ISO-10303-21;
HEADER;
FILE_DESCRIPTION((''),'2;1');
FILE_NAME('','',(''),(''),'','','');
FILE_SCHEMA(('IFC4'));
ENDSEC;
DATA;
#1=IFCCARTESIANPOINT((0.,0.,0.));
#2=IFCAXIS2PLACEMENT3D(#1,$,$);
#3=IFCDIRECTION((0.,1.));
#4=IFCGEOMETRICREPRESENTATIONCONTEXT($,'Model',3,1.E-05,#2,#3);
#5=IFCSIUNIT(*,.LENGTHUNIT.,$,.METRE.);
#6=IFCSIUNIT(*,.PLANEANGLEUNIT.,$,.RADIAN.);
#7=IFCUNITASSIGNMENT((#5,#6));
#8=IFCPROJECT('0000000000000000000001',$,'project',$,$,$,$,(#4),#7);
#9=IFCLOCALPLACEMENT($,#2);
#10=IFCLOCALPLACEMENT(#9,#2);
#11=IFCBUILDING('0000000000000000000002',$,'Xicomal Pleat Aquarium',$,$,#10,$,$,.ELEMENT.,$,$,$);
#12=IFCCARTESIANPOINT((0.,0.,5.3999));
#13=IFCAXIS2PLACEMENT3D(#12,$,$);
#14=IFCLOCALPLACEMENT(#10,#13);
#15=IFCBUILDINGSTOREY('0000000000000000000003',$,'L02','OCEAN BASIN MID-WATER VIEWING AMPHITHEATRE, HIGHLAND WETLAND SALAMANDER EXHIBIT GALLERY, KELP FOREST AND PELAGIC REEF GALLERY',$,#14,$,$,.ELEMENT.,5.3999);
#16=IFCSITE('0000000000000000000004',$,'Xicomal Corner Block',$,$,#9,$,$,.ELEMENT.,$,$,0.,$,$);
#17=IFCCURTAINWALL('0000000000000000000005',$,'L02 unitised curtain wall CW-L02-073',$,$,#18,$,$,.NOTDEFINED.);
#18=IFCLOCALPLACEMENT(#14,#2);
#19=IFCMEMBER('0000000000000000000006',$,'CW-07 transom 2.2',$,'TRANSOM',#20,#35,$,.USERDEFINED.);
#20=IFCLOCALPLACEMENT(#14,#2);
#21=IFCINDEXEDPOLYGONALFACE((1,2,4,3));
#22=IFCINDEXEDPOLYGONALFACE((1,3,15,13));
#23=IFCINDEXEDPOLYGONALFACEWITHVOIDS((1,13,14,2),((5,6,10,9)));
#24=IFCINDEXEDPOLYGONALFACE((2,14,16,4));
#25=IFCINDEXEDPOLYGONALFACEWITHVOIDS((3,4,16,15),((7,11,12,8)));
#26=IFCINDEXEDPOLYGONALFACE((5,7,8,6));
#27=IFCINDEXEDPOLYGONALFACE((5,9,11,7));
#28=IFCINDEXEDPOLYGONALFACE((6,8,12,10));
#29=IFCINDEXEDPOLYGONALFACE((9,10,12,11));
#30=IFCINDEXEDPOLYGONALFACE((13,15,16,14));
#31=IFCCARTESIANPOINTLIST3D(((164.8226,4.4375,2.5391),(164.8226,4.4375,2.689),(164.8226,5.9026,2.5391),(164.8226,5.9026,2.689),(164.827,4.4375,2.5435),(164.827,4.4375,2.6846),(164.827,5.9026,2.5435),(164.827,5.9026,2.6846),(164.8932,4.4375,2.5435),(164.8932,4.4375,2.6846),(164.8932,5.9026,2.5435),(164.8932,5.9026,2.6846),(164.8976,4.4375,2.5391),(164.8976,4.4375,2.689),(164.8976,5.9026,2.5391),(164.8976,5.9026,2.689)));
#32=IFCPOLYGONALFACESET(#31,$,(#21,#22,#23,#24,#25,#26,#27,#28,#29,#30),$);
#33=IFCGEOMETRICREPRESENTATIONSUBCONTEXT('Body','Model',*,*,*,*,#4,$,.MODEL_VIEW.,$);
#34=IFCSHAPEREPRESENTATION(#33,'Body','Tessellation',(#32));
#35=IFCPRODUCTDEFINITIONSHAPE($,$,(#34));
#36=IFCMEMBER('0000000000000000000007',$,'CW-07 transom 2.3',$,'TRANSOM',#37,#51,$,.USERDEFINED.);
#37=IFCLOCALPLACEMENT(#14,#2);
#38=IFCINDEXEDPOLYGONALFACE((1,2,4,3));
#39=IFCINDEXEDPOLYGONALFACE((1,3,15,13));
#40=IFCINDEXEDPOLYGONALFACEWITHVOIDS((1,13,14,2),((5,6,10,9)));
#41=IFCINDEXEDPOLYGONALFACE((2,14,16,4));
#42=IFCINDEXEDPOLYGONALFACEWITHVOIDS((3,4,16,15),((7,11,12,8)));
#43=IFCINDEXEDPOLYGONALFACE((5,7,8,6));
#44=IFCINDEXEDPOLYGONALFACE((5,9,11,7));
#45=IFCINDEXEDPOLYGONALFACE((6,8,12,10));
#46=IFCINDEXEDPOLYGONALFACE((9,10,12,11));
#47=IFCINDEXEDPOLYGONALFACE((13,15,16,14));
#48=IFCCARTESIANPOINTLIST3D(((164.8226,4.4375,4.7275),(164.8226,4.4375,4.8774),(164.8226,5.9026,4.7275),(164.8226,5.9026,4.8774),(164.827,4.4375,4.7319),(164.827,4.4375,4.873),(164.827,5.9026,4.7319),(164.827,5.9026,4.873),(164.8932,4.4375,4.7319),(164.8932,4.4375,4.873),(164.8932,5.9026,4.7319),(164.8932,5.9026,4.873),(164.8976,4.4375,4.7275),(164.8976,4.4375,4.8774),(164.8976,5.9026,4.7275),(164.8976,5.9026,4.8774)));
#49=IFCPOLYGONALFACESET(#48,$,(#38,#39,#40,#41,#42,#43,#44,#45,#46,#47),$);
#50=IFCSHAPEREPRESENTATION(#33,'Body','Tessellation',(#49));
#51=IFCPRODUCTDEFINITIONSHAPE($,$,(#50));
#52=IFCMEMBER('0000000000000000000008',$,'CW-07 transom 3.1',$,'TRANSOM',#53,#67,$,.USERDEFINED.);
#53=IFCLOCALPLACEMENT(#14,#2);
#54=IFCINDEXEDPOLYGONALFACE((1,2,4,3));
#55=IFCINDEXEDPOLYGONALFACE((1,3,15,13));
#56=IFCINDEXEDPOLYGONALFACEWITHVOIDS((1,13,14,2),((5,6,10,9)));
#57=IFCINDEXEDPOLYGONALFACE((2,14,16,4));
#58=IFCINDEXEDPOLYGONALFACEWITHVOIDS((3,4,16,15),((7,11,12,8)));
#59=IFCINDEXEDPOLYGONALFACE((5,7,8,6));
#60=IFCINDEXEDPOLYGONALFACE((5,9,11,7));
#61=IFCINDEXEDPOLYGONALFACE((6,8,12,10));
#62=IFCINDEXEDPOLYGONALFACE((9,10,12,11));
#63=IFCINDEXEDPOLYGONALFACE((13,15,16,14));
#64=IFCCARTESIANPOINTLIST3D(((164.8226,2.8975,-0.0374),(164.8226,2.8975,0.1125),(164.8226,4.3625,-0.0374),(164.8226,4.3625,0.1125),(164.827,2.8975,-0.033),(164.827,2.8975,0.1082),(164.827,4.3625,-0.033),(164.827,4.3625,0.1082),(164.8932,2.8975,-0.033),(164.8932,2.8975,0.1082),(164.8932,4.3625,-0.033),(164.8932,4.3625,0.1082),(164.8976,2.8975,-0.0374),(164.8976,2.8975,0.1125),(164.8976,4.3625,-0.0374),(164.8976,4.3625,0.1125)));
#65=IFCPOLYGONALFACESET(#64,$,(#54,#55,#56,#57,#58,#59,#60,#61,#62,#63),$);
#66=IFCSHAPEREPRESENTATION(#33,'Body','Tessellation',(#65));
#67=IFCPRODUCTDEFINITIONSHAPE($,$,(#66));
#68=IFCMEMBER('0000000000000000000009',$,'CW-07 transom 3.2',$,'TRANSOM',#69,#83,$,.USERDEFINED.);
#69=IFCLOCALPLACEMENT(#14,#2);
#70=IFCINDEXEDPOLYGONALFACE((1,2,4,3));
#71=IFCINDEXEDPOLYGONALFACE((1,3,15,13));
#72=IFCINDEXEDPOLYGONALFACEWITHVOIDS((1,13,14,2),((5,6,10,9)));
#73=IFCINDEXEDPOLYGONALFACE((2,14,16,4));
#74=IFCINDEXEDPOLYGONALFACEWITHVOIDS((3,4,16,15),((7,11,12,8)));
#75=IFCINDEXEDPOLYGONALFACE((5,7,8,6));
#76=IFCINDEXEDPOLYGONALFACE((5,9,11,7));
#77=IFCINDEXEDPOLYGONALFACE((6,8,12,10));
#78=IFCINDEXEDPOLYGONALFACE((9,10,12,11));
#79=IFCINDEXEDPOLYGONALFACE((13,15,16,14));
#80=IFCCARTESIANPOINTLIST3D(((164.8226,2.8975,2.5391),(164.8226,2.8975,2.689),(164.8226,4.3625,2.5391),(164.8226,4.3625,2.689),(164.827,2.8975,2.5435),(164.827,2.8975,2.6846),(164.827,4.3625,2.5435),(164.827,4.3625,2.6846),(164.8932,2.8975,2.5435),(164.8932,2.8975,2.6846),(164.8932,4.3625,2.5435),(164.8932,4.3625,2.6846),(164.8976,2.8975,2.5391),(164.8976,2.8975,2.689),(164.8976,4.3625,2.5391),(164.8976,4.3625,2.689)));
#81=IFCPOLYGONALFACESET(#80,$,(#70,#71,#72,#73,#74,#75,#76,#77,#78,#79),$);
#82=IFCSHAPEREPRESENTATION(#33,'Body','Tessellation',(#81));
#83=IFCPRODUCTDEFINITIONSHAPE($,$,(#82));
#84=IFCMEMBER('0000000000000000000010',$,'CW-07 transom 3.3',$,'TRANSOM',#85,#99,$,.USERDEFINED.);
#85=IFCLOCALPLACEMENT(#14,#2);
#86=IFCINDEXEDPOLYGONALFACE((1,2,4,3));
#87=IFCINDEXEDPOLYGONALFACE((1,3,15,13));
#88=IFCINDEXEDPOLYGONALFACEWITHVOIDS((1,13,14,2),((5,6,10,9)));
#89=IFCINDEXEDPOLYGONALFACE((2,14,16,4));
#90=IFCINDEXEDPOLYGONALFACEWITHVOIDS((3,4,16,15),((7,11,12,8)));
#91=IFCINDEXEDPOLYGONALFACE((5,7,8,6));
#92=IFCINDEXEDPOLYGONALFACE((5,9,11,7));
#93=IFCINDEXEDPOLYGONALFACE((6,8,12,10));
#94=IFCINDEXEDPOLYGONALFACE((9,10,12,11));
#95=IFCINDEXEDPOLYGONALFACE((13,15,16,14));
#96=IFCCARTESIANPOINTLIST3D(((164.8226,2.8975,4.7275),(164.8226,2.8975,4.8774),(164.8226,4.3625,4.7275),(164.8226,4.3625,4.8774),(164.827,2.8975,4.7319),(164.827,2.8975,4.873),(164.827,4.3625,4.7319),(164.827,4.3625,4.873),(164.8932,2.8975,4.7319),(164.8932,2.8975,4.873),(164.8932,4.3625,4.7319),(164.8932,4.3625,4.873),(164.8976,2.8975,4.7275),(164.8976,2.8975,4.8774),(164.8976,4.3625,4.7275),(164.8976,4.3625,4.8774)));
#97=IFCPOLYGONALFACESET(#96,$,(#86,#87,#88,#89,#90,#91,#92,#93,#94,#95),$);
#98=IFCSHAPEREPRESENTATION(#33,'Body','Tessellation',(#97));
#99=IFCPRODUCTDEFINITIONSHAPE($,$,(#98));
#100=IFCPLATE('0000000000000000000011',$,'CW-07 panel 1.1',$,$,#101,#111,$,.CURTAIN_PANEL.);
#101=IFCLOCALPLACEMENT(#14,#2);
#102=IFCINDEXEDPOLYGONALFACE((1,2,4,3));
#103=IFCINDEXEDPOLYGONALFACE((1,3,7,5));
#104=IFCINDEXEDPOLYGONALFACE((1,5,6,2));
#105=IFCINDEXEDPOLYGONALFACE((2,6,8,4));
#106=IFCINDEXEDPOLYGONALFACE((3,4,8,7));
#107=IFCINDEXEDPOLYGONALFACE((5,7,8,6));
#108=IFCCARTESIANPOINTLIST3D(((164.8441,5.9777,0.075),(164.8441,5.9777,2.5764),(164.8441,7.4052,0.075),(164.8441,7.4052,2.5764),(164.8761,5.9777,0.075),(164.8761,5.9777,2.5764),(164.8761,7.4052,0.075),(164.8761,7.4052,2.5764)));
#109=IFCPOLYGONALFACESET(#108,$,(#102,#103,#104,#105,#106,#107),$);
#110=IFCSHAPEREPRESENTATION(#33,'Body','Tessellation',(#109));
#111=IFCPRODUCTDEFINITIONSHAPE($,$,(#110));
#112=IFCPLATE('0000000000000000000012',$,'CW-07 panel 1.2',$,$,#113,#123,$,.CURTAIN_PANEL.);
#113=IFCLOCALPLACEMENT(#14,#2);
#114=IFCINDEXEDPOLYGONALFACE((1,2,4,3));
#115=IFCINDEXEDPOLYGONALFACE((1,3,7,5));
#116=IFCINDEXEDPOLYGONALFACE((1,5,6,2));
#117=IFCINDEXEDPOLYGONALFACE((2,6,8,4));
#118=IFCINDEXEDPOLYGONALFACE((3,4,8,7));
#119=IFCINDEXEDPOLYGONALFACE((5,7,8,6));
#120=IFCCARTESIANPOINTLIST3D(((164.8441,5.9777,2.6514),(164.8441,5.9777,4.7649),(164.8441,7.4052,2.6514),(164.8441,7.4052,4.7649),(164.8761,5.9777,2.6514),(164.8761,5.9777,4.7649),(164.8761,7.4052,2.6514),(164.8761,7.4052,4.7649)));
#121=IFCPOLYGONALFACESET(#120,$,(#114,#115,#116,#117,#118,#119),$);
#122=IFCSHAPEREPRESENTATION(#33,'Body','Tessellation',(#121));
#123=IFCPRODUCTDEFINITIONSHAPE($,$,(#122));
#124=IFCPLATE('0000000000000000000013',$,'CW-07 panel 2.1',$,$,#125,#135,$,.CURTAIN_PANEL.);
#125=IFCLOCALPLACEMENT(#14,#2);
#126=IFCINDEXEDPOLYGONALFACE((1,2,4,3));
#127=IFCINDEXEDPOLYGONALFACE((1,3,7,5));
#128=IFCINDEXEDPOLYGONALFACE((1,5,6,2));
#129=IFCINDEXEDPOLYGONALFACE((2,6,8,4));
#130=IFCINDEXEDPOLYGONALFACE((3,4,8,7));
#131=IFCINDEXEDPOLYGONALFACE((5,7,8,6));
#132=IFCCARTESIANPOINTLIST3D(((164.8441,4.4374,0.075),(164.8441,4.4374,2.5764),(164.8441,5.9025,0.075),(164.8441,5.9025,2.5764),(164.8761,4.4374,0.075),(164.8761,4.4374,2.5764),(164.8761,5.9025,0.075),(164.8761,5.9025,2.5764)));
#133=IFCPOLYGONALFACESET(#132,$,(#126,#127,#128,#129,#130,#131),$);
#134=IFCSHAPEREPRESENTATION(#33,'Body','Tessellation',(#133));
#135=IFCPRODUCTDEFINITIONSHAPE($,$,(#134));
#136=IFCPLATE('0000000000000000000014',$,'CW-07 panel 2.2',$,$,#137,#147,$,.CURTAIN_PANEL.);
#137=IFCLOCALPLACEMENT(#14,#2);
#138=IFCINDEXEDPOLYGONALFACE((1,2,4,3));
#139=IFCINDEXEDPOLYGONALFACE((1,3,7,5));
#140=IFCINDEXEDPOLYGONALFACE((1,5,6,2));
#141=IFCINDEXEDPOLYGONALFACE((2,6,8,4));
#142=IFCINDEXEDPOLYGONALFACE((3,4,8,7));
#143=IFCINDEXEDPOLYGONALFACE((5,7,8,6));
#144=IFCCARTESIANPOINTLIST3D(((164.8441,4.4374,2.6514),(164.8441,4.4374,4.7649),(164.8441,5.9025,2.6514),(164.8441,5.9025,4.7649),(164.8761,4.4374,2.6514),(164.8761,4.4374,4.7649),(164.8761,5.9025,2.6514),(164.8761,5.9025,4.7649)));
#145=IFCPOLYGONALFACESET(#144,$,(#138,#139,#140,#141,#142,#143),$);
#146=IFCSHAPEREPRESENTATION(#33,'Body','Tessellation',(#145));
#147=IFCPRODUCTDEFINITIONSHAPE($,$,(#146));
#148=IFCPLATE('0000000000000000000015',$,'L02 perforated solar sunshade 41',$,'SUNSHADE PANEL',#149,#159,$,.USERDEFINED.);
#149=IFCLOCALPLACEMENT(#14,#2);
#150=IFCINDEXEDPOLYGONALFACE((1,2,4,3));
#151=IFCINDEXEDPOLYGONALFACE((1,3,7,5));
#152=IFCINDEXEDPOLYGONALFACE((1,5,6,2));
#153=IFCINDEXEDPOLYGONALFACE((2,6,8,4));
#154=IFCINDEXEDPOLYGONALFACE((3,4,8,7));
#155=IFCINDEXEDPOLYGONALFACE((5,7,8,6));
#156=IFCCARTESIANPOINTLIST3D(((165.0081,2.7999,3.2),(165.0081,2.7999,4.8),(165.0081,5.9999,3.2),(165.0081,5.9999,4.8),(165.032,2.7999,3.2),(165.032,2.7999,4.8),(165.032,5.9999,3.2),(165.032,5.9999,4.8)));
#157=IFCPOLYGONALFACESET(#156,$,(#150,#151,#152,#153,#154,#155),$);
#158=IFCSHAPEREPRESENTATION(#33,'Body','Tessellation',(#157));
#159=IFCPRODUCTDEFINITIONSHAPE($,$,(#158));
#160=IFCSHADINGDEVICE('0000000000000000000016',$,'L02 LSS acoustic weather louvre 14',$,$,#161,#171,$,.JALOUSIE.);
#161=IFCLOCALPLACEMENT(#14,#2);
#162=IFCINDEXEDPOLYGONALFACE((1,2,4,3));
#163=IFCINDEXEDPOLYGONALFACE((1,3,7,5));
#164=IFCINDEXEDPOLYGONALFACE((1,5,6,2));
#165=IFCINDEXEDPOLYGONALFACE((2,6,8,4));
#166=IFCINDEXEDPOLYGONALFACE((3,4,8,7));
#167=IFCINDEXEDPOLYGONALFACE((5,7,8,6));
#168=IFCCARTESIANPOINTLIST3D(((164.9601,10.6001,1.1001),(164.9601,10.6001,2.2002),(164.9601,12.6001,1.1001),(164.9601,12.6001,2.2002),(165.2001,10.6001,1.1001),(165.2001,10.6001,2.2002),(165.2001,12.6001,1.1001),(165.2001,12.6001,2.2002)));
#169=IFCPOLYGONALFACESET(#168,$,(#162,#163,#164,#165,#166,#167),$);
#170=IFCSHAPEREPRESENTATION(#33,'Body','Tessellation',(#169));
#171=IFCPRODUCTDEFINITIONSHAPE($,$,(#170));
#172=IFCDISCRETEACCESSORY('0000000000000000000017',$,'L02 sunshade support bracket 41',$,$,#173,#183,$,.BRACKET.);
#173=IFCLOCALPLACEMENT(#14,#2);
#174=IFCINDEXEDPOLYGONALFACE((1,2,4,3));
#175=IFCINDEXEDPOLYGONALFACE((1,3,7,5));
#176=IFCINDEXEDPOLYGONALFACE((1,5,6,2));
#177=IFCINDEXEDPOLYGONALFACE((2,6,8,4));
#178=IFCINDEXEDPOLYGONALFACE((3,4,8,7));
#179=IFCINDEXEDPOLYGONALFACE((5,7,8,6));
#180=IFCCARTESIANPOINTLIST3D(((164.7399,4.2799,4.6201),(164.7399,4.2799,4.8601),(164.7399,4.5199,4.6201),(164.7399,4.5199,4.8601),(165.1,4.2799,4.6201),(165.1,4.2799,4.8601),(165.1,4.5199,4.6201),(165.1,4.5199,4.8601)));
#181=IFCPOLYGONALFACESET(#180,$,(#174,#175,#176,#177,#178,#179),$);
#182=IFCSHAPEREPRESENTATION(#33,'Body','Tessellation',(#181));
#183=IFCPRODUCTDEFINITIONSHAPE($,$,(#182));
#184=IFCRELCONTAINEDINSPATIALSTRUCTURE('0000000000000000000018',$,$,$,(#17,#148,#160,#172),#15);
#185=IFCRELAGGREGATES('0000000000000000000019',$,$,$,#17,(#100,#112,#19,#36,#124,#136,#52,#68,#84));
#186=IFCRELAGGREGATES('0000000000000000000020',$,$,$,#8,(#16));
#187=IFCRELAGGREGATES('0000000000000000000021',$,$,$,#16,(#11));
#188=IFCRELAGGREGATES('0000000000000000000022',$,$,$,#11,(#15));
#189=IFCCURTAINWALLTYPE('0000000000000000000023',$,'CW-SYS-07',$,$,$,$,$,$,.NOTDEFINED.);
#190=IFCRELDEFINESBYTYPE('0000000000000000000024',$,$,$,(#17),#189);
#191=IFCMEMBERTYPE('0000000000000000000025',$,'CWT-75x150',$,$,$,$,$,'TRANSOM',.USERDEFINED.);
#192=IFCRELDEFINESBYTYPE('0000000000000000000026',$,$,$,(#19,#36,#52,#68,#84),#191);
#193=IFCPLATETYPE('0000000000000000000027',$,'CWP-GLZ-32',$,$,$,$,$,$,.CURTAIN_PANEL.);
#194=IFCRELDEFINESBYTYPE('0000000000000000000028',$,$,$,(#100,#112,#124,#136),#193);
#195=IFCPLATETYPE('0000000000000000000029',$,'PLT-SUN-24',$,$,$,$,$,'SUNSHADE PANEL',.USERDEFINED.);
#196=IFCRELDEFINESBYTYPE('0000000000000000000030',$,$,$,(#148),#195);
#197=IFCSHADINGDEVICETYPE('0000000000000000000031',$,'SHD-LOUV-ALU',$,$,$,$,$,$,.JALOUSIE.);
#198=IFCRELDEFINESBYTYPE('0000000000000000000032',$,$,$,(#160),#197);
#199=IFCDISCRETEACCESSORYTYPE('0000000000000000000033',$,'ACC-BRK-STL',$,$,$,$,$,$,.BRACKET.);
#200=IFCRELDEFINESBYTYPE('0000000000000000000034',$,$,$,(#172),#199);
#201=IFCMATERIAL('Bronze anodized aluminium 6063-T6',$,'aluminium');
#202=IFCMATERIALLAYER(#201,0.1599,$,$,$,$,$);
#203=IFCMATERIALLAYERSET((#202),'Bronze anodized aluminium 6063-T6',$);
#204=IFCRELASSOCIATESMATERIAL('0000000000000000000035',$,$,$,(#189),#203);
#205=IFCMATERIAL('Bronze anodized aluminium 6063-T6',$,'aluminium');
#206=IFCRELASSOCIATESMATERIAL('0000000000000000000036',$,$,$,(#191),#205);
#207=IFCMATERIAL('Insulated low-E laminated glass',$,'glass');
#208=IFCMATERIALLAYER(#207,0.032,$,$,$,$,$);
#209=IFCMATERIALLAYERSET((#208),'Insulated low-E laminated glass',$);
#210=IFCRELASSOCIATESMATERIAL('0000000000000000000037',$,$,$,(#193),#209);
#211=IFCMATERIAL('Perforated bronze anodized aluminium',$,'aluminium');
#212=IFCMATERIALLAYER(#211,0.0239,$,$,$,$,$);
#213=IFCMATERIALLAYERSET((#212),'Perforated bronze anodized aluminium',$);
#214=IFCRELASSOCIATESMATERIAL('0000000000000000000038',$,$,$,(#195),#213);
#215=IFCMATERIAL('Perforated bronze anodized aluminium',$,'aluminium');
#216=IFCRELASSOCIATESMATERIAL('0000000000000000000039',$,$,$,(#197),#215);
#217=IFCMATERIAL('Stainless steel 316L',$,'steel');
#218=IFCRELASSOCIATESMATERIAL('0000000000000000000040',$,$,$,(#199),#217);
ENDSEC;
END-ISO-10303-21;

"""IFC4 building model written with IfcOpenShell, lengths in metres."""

from ifc_helpers import new_model, si_unit, direction, frame, origin, origin_2d, place, context, subcontext, project, spatial, rectangle, hollow_rectangle, extrude, material, layer, layer_set, material_profile, profile_set, type_object, element, aggregate, save


model = new_model("IFC4")

# Units and contexts
model_context = context("Model", 3, precision=1e-05, world=origin(), true_north=direction((0.0, 1.0)))
body_context = subcontext(model_context, "Body", "Model", "MODEL_VIEW")
ifc_project = project(units=[si_unit("LENGTHUNIT", "METRE"), si_unit("PLANEANGLEUNIT", "RADIAN")], contexts=[model_context])

# Site, building, storey
site_placement = place(None, origin())
site = spatial("IfcSite", under=ifc_project, at=site_placement, Name="Xicomal Corner Block", CompositionType="ELEMENT", RefElevation=0.0)
building_placement = place(site_placement, origin())
building = spatial("IfcBuilding", under=site, at=building_placement, Name="Xicomal Pleat Aquarium", CompositionType="ELEMENT")
storey_placement = place(building_placement, frame((0.0, 0.0, 5.3999)))
storey = spatial("IfcBuildingStorey", under=building, at=storey_placement, Name="L02", Description="OCEAN BASIN MID-WATER VIEWING AMPHITHEATRE, HIGHLAND WETLAND SALAMANDER EXHIBIT GALLERY, KELP FOREST AND PELAGIC REEF GALLERY", CompositionType="ELEMENT", Elevation=5.3999)

# Curtain wall, members, plates
ifc_material_1 = material(Name="Bronze anodized aluminium 6063-T6", Category="aluminium")
ifc_layer_1 = layer(ifc_material_1, 0.1599)
ifc_layer_set_1 = layer_set([ifc_layer_1], Name="Bronze anodized aluminium 6063-T6")
curtain_wall_type = type_object("IfcCurtainWallType", Name="CW-SYS-07", PredefinedType="NOTDEFINED", material=ifc_layer_set_1)
curtain_wall_placement = place(storey_placement, origin())
curtain_wall = element("IfcCurtainWall", 1, at=curtain_wall_placement, inside=storey, type_object=curtain_wall_type, Name="L02 unitised curtain wall CW-L02-073", PredefinedType="NOTDEFINED")
ifc_material_2 = material(Name="Bronze anodized aluminium 6063-T6", Category="aluminium")
ifc_material_profile_1 = material_profile(ifc_material_2, hollow_rectangle(XDim=0.075, YDim=0.1499, WallThickness=0.0044, at=origin_2d()), Name="ALU TRAN 75x150")
ifc_profile_set_1 = profile_set([ifc_material_profile_1], Name="Bronze anodized aluminium 6063-T6")
member_type_1 = type_object("IfcMemberType", Name="CWT-75x150", ElementType="TRANSOM", PredefinedType="USERDEFINED", material=ifc_profile_set_1)
member_1_placement = place(storey_placement, frame((164.8601, 5.9026, 2.614), z_axis=(0.0, -1.0, 0.0), x_axis=(1.0, 0.0, 0.0)))
member_1 = element("IfcMember", 2, at=member_1_placement, type_object=member_type_1, Name="CW-07 transom 2.2", ObjectType="TRANSOM", PredefinedType="USERDEFINED", context=body_context, shape_type="SweptSolid", body=[
    extrude(hollow_rectangle(XDim=0.075, YDim=0.1499, WallThickness=0.0044, at=origin_2d()), origin(), (0.0, 0.0, 1.0), 1.4651),
])
member_2_placement = place(storey_placement, frame((164.8601, 5.9026, 4.8025), z_axis=(0.0, -1.0, 0.0), x_axis=(1.0, 0.0, 0.0)))
member_2 = element("IfcMember", 3, at=member_2_placement, type_object=member_type_1, Name="CW-07 transom 2.3", ObjectType="TRANSOM", PredefinedType="USERDEFINED", context=body_context, shape_type="SweptSolid", body=[
    extrude(hollow_rectangle(XDim=0.075, YDim=0.1499, WallThickness=0.0044, at=origin_2d()), origin(), (0.0, 0.0, 1.0), 1.4651),
])
member_3_placement = place(storey_placement, frame((164.8601, 4.3625, 0.0376), z_axis=(0.0, -1.0, 0.0), x_axis=(1.0, 0.0, 0.0)))
member_3 = element("IfcMember", 4, at=member_3_placement, type_object=member_type_1, Name="CW-07 transom 3.1", ObjectType="TRANSOM", PredefinedType="USERDEFINED", context=body_context, shape_type="SweptSolid", body=[
    extrude(hollow_rectangle(XDim=0.075, YDim=0.1499, WallThickness=0.0044, at=origin_2d()), origin(), (0.0, 0.0, 1.0), 1.4651),
])
member_4_placement = place(storey_placement, frame((164.8601, 4.3625, 2.614), z_axis=(0.0, -1.0, 0.0), x_axis=(1.0, 0.0, 0.0)))
member_4 = element("IfcMember", 5, at=member_4_placement, type_object=member_type_1, Name="CW-07 transom 3.2", ObjectType="TRANSOM", PredefinedType="USERDEFINED", context=body_context, shape_type="SweptSolid", body=[
    extrude(hollow_rectangle(XDim=0.075, YDim=0.1499, WallThickness=0.0044, at=origin_2d()), origin(), (0.0, 0.0, 1.0), 1.4651),
])
member_5_placement = place(storey_placement, frame((164.8601, 4.3625, 4.8025), z_axis=(0.0, -1.0, 0.0), x_axis=(1.0, 0.0, 0.0)))
member_5 = element("IfcMember", 6, at=member_5_placement, type_object=member_type_1, Name="CW-07 transom 3.3", ObjectType="TRANSOM", PredefinedType="USERDEFINED", context=body_context, shape_type="SweptSolid", body=[
    extrude(hollow_rectangle(XDim=0.075, YDim=0.1499, WallThickness=0.0044, at=origin_2d()), origin(), (0.0, 0.0, 1.0), 1.4651),
])
ifc_material_3 = material(Name="Insulated low-E laminated glass", Category="glass")
ifc_layer_2 = layer(ifc_material_3, 0.032)
ifc_layer_set_2 = layer_set([ifc_layer_2], Name="Insulated low-E laminated glass")
plate_type_1 = type_object("IfcPlateType", Name="CWP-GLZ-32", PredefinedType="CURTAIN_PANEL", material=ifc_layer_set_2)
plate_1_placement = place(storey_placement, frame((164.8601, 6.6914, 0.075), z_axis=(0.0, 0.0, 1.0), x_axis=(0.0, -1.0, 0.0)))
plate_1 = element("IfcPlate", 7, at=plate_1_placement, type_object=plate_type_1, Name="CW-07 panel 1.1", PredefinedType="CURTAIN_PANEL", context=body_context, shape_type="SweptSolid", body=[
    extrude(rectangle(XDim=1.4275, YDim=0.032, at=origin_2d()), origin(), (0.0, 0.0, 1.0), 2.5015),
])
plate_2_placement = place(storey_placement, frame((164.8601, 6.6914, 2.6514), z_axis=(0.0, 0.0, 1.0), x_axis=(0.0, -1.0, 0.0)))
plate_2 = element("IfcPlate", 8, at=plate_2_placement, type_object=plate_type_1, Name="CW-07 panel 1.2", PredefinedType="CURTAIN_PANEL", context=body_context, shape_type="SweptSolid", body=[
    extrude(rectangle(XDim=1.4275, YDim=0.032, at=origin_2d()), origin(), (0.0, 0.0, 1.0), 2.1135),
])
plate_3_placement = place(storey_placement, frame((164.8601, 5.1699, 0.075), z_axis=(0.0, 0.0, 1.0), x_axis=(0.0, -1.0, 0.0)))
plate_3 = element("IfcPlate", 9, at=plate_3_placement, type_object=plate_type_1, Name="CW-07 panel 2.1", PredefinedType="CURTAIN_PANEL", context=body_context, shape_type="SweptSolid", body=[
    extrude(rectangle(XDim=1.4651, YDim=0.032, at=origin_2d()), origin(), (0.0, 0.0, 1.0), 2.5015),
])
plate_4_placement = place(storey_placement, frame((164.8601, 5.1699, 2.6514), z_axis=(0.0, 0.0, 1.0), x_axis=(0.0, -1.0, 0.0)))
plate_4 = element("IfcPlate", 10, at=plate_4_placement, type_object=plate_type_1, Name="CW-07 panel 2.2", PredefinedType="CURTAIN_PANEL", context=body_context, shape_type="SweptSolid", body=[
    extrude(rectangle(XDim=1.4651, YDim=0.032, at=origin_2d()), origin(), (0.0, 0.0, 1.0), 2.1135),
])
aggregate(curtain_wall, [plate_1, plate_2, member_1, member_2, plate_3, plate_4, member_3, member_4, member_5])

# Plate
ifc_material_4 = material(Name="Perforated bronze anodized aluminium", Category="aluminium")
ifc_layer_3 = layer(ifc_material_4, 0.0239)
ifc_layer_set_3 = layer_set([ifc_layer_3], Name="Perforated bronze anodized aluminium")
plate_type_2 = type_object("IfcPlateType", Name="PLT-SUN-24", ElementType="SUNSHADE PANEL", PredefinedType="USERDEFINED", material=ifc_layer_set_3)
plate_5_placement = place(storey_placement, frame((165.02, 4.3999, 3.2), z_axis=(0.0, 0.0, 1.0), x_axis=(0.0, -1.0, 0.0)))
element("IfcPlate", 11, at=plate_5_placement, inside=storey, type_object=plate_type_2, Name="L02 perforated solar sunshade 41", ObjectType="SUNSHADE PANEL", PredefinedType="USERDEFINED", context=body_context, shape_type="SweptSolid", body=[
    extrude(rectangle(XDim=3.2, YDim=0.0239, at=origin_2d()), origin(), (0.0, 0.0, 1.0), 1.6001),
])

# Shading device
ifc_material_5 = material(Name="Perforated bronze anodized aluminium", Category="aluminium")
shading_device_type = type_object("IfcShadingDeviceType", Name="SHD-LOUV-ALU", PredefinedType="JALOUSIE", material=ifc_material_5)
shading_device_placement = place(storey_placement, frame((165.0801, 11.6001, 1.1001), z_axis=(0.0, 0.0, 1.0), x_axis=(0.0, -1.0, 0.0)))
element("IfcShadingDevice", 12, at=shading_device_placement, inside=storey, type_object=shading_device_type, Name="L02 LSS acoustic weather louvre 14", PredefinedType="JALOUSIE", context=body_context, shape_type="SweptSolid", body=[
    extrude(rectangle(XDim=2.0, YDim=0.24, at=origin_2d()), origin(), (0.0, 0.0, 1.0), 1.1001),
])

# Discrete accessory
ifc_material_6 = material(Name="Stainless steel 316L", Category="steel")
discrete_accessory_type = type_object("IfcDiscreteAccessoryType", Name="ACC-BRK-STL", PredefinedType="BRACKET", material=ifc_material_6)
discrete_accessory_placement = place(storey_placement, frame((164.9199, 4.3999, 4.6201), z_axis=(0.0, 0.0, 1.0), x_axis=(0.0, -1.0, 0.0)))
element("IfcDiscreteAccessory", 13, at=discrete_accessory_placement, inside=storey, type_object=discrete_accessory_type, Name="L02 sunshade support bracket 41", PredefinedType="BRACKET", context=body_context, shape_type="SweptSolid", body=[
    extrude(rectangle(XDim=0.24, YDim=0.3601, at=origin_2d()), origin(), (0.0, 0.0, 1.0), 0.24),
])

save(model, "model.ifc")
